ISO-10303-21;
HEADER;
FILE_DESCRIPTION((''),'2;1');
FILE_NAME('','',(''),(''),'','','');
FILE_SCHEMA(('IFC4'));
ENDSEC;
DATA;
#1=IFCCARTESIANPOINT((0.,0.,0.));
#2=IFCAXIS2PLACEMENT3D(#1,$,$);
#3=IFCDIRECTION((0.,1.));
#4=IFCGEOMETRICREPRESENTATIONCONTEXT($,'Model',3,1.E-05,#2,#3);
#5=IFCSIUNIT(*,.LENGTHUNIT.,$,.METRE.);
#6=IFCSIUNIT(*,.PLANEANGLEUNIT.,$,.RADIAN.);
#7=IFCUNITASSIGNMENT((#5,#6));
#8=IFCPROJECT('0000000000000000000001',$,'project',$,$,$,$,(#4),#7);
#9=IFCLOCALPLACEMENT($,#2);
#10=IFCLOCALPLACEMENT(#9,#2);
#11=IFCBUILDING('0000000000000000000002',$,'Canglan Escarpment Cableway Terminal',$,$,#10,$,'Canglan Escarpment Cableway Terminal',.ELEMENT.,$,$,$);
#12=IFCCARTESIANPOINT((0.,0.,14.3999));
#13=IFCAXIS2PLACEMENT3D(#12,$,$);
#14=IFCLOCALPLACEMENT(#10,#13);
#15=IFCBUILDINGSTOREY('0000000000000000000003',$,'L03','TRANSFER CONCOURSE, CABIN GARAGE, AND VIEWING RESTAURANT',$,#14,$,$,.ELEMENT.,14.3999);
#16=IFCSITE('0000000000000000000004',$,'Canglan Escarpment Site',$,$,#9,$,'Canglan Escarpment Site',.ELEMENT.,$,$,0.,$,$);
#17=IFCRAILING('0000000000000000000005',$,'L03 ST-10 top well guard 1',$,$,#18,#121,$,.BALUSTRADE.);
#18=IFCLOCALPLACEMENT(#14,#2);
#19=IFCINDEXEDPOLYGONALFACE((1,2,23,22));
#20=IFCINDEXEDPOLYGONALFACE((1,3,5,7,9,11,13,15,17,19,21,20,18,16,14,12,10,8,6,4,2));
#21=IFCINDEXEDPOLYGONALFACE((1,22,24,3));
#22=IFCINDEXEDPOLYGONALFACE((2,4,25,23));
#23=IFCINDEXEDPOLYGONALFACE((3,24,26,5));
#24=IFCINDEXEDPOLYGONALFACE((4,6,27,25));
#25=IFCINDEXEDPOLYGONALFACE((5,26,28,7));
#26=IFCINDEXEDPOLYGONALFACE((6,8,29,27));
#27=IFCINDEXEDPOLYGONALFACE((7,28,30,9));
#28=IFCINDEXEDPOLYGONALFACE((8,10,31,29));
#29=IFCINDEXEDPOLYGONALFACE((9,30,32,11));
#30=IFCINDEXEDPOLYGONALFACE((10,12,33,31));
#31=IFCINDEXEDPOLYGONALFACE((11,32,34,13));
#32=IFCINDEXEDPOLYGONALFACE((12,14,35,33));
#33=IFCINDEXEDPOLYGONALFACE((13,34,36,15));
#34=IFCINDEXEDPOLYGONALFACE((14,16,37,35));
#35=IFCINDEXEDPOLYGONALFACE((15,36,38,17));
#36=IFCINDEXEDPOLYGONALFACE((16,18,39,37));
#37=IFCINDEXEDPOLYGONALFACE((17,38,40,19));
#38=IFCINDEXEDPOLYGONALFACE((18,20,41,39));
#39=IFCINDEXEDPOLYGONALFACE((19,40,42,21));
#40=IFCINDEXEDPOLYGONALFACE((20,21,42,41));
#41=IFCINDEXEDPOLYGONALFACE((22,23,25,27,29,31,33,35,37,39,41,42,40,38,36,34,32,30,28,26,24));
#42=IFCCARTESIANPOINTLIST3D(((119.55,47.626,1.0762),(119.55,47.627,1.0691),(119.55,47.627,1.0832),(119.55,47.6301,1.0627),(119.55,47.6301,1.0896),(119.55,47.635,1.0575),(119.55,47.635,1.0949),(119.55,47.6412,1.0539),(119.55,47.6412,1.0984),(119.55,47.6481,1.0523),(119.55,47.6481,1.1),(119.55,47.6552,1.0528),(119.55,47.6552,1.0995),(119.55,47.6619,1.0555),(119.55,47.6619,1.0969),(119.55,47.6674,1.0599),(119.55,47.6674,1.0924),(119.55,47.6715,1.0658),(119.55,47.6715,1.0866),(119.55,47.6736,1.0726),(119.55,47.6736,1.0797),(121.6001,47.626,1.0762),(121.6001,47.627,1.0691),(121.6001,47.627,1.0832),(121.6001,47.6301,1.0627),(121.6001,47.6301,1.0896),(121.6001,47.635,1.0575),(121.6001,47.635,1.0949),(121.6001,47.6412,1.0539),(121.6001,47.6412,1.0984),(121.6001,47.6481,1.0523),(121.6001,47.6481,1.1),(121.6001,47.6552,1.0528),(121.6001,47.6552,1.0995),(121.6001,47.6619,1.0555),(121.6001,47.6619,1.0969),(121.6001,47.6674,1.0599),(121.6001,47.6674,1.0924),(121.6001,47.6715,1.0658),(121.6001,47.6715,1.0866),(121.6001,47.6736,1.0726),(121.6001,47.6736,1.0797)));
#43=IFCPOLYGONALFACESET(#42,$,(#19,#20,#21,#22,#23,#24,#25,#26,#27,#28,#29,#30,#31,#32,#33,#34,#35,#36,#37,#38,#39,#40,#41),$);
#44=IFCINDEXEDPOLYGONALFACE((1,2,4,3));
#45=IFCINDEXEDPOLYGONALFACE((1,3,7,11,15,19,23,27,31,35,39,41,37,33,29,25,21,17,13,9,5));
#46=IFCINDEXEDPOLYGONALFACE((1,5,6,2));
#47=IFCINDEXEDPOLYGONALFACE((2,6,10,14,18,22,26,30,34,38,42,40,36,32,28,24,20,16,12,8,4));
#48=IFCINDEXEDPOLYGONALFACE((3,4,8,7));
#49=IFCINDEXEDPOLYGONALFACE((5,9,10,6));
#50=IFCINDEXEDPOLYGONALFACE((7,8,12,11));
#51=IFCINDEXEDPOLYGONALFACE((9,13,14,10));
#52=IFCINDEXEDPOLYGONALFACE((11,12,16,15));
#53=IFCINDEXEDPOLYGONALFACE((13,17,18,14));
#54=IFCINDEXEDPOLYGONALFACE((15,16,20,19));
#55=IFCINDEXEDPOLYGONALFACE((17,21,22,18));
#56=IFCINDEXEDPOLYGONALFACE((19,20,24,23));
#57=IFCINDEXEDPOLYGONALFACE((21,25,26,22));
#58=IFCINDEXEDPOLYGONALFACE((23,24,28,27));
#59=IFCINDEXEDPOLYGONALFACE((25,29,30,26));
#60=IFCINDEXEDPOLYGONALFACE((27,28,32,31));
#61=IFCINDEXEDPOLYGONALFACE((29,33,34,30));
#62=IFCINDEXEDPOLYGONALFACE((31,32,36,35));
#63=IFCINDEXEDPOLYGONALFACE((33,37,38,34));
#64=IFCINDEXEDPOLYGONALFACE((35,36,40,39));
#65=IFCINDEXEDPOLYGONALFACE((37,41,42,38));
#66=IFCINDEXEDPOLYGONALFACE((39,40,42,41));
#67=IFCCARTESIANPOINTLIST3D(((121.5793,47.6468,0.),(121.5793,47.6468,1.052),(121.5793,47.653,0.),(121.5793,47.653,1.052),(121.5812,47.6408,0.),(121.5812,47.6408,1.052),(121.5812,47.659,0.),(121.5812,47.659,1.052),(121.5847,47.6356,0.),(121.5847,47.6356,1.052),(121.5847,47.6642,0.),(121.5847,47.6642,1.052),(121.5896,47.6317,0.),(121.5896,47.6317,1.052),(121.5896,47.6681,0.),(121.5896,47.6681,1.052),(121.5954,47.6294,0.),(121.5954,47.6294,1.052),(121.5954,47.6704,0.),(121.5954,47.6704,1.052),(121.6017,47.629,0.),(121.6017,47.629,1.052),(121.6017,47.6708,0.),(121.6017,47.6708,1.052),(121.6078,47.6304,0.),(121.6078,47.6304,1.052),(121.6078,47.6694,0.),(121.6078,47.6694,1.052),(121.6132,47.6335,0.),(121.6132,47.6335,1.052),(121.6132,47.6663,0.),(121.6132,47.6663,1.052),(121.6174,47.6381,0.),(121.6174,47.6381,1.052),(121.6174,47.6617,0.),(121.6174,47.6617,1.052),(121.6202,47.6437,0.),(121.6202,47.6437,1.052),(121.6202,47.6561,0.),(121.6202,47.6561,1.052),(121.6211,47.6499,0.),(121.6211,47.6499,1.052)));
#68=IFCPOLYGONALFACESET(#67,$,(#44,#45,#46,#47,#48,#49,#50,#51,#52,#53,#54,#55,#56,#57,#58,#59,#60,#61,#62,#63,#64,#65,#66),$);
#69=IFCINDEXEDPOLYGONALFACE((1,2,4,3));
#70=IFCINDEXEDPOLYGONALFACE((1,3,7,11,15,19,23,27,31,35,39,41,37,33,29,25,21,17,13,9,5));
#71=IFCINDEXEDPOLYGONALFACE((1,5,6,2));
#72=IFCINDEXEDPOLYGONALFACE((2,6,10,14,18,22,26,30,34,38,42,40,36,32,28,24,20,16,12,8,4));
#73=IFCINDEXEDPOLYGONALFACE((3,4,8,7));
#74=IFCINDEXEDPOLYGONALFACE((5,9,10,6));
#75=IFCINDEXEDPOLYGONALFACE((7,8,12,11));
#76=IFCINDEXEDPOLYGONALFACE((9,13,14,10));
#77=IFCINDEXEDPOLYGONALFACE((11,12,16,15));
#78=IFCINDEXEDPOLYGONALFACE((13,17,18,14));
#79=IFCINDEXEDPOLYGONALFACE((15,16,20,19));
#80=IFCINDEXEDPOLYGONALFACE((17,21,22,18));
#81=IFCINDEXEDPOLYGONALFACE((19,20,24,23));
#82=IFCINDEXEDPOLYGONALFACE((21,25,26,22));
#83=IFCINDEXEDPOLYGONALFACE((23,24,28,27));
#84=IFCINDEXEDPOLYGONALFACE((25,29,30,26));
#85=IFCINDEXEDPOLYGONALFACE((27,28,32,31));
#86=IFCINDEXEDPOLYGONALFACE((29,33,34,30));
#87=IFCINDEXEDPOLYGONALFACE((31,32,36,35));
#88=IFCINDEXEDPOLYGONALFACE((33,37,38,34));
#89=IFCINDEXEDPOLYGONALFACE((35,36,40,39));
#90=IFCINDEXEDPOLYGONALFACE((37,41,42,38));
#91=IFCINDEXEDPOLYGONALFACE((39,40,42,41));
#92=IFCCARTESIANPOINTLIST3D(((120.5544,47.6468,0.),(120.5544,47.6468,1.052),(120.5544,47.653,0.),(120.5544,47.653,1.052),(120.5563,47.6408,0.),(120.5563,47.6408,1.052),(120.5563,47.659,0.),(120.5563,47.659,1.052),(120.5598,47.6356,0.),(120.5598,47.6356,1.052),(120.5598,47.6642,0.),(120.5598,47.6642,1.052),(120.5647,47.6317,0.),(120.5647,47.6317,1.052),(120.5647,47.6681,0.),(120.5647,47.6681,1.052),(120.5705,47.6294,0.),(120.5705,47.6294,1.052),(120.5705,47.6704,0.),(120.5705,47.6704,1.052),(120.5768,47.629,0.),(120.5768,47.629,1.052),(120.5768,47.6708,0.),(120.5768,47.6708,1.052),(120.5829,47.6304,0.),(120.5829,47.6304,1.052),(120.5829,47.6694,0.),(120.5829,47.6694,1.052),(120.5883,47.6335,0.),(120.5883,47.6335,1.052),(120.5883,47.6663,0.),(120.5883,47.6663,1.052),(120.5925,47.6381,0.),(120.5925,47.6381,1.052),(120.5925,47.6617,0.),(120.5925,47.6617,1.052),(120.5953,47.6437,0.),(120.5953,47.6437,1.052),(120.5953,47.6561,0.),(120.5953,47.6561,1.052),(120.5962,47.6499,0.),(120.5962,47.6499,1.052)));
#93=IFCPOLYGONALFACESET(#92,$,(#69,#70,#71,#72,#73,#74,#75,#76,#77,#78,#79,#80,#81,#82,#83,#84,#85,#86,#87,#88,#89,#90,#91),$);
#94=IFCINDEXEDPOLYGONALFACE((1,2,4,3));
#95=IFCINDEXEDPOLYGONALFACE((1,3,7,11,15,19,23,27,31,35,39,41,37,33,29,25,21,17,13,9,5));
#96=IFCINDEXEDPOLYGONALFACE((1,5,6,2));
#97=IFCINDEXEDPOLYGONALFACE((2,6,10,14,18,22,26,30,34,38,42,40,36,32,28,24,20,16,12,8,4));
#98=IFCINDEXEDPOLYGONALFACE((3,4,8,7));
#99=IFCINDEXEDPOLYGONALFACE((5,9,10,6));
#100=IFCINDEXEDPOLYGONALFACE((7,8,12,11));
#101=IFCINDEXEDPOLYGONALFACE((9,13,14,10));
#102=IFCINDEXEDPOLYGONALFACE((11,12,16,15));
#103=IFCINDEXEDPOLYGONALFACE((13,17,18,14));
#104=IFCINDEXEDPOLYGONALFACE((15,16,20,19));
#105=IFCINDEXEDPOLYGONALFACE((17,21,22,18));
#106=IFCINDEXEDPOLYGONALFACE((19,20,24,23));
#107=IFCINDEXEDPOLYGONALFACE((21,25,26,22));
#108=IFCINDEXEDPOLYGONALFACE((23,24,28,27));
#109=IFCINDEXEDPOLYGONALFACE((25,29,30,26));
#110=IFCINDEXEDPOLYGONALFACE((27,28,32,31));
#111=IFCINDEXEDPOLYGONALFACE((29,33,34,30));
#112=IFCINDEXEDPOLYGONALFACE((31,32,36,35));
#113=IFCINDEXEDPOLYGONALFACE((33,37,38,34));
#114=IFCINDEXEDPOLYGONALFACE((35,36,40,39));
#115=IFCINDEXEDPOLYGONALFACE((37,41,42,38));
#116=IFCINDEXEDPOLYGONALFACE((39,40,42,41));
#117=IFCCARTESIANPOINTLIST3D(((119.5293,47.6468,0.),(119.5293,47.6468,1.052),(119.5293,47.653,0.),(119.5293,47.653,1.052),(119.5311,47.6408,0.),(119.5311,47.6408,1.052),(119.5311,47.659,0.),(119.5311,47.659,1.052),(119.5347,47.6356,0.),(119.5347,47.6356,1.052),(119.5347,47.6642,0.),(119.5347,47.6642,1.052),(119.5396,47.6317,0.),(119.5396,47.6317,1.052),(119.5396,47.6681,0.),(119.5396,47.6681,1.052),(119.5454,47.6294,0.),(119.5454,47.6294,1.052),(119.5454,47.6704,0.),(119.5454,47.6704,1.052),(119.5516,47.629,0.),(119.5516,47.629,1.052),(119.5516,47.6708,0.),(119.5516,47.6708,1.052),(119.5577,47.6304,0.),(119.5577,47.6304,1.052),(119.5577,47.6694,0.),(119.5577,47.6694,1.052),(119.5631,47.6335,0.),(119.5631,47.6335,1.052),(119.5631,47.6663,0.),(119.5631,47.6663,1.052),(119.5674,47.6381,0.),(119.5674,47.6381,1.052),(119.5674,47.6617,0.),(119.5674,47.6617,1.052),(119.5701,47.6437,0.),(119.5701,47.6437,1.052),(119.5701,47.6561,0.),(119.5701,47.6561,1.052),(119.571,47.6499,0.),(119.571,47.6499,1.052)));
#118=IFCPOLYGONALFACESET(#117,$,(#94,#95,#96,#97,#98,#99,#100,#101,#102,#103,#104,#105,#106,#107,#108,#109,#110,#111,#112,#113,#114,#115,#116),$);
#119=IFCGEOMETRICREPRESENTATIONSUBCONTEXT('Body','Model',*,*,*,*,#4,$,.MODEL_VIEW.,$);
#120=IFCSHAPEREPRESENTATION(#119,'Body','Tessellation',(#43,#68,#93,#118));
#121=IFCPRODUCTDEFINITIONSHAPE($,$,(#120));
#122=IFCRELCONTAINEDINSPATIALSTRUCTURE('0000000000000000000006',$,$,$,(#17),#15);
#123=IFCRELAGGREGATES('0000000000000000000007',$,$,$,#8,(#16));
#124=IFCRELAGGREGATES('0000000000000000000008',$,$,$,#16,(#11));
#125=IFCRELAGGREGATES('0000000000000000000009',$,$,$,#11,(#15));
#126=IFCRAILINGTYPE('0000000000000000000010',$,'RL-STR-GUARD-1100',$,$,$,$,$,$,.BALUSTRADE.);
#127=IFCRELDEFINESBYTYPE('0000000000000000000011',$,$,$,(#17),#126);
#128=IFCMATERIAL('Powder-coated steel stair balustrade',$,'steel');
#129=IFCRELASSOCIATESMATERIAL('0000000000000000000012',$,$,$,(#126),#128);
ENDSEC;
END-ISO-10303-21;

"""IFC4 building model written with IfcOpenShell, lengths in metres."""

from ifc_helpers import new_model, si_unit, direction, frame, origin, origin_2d, place, context, subcontext, project, spatial, circle, extrude, material, type_object, element, save


model = new_model("IFC4")

# Units and contexts
model_context = context("Model", 3, precision=1e-05, world=origin(), true_north=direction((0.0, 1.0)))
body_context = subcontext(model_context, "Body", "Model", "MODEL_VIEW")
ifc_project = project(units=[si_unit("LENGTHUNIT", "METRE"), si_unit("PLANEANGLEUNIT", "RADIAN")], contexts=[model_context])

# Site, building, storey
site_placement = place(None, origin())
site = spatial("IfcSite", under=ifc_project, at=site_placement, Name="Canglan Escarpment Site", LongName="Canglan Escarpment Site", CompositionType="ELEMENT", RefElevation=0.0)
building_placement = place(site_placement, origin())
building = spatial("IfcBuilding", under=site, at=building_placement, Name="Canglan Escarpment Cableway Terminal", LongName="Canglan Escarpment Cableway Terminal", CompositionType="ELEMENT")
storey_placement = place(building_placement, frame((0.0, 0.0, 14.3999)))
storey = spatial("IfcBuildingStorey", under=building, at=storey_placement, Name="L03", Description="TRANSFER CONCOURSE, CABIN GARAGE, AND VIEWING RESTAURANT", CompositionType="ELEMENT", Elevation=14.3999)

# Railing
ifc_material_1 = material(Name="Powder-coated steel stair balustrade", Category="steel")
railing_type = type_object("IfcRailingType", Name="RL-STR-GUARD-1100", PredefinedType="BALUSTRADE", material=ifc_material_1)
railing_placement = place(storey_placement, frame((121.6001, 47.6499, 0.0)))
element("IfcRailing", 1, at=railing_placement, inside=storey, type_object=railing_type, Name="L03 ST-10 top well guard 1", PredefinedType="BALUSTRADE", context=body_context, shape_type="SweptSolid", body=[
    extrude(circle(Radius=0.0239, at=origin_2d()), frame((0.0, 0.0, 1.0762), z_axis=(-1.0, 0.0, 0.0), x_axis=(0.0, -1.0, 0.0)), (0.0, 0.0, 1.0), 2.05),
    extrude(circle(Radius=0.021, at=origin_2d()), origin(), (0.0, 0.0, 1.0), 1.052),
    extrude(circle(Radius=0.021, at=origin_2d()), frame((-1.0249, 0.0, 0.0)), (0.0, 0.0, 1.0), 1.052),
    extrude(circle(Radius=0.021, at=origin_2d()), frame((-2.05, 0.0, 0.0)), (0.0, 0.0, 1.0), 1.052),
])

save(model, "model.ifc")
